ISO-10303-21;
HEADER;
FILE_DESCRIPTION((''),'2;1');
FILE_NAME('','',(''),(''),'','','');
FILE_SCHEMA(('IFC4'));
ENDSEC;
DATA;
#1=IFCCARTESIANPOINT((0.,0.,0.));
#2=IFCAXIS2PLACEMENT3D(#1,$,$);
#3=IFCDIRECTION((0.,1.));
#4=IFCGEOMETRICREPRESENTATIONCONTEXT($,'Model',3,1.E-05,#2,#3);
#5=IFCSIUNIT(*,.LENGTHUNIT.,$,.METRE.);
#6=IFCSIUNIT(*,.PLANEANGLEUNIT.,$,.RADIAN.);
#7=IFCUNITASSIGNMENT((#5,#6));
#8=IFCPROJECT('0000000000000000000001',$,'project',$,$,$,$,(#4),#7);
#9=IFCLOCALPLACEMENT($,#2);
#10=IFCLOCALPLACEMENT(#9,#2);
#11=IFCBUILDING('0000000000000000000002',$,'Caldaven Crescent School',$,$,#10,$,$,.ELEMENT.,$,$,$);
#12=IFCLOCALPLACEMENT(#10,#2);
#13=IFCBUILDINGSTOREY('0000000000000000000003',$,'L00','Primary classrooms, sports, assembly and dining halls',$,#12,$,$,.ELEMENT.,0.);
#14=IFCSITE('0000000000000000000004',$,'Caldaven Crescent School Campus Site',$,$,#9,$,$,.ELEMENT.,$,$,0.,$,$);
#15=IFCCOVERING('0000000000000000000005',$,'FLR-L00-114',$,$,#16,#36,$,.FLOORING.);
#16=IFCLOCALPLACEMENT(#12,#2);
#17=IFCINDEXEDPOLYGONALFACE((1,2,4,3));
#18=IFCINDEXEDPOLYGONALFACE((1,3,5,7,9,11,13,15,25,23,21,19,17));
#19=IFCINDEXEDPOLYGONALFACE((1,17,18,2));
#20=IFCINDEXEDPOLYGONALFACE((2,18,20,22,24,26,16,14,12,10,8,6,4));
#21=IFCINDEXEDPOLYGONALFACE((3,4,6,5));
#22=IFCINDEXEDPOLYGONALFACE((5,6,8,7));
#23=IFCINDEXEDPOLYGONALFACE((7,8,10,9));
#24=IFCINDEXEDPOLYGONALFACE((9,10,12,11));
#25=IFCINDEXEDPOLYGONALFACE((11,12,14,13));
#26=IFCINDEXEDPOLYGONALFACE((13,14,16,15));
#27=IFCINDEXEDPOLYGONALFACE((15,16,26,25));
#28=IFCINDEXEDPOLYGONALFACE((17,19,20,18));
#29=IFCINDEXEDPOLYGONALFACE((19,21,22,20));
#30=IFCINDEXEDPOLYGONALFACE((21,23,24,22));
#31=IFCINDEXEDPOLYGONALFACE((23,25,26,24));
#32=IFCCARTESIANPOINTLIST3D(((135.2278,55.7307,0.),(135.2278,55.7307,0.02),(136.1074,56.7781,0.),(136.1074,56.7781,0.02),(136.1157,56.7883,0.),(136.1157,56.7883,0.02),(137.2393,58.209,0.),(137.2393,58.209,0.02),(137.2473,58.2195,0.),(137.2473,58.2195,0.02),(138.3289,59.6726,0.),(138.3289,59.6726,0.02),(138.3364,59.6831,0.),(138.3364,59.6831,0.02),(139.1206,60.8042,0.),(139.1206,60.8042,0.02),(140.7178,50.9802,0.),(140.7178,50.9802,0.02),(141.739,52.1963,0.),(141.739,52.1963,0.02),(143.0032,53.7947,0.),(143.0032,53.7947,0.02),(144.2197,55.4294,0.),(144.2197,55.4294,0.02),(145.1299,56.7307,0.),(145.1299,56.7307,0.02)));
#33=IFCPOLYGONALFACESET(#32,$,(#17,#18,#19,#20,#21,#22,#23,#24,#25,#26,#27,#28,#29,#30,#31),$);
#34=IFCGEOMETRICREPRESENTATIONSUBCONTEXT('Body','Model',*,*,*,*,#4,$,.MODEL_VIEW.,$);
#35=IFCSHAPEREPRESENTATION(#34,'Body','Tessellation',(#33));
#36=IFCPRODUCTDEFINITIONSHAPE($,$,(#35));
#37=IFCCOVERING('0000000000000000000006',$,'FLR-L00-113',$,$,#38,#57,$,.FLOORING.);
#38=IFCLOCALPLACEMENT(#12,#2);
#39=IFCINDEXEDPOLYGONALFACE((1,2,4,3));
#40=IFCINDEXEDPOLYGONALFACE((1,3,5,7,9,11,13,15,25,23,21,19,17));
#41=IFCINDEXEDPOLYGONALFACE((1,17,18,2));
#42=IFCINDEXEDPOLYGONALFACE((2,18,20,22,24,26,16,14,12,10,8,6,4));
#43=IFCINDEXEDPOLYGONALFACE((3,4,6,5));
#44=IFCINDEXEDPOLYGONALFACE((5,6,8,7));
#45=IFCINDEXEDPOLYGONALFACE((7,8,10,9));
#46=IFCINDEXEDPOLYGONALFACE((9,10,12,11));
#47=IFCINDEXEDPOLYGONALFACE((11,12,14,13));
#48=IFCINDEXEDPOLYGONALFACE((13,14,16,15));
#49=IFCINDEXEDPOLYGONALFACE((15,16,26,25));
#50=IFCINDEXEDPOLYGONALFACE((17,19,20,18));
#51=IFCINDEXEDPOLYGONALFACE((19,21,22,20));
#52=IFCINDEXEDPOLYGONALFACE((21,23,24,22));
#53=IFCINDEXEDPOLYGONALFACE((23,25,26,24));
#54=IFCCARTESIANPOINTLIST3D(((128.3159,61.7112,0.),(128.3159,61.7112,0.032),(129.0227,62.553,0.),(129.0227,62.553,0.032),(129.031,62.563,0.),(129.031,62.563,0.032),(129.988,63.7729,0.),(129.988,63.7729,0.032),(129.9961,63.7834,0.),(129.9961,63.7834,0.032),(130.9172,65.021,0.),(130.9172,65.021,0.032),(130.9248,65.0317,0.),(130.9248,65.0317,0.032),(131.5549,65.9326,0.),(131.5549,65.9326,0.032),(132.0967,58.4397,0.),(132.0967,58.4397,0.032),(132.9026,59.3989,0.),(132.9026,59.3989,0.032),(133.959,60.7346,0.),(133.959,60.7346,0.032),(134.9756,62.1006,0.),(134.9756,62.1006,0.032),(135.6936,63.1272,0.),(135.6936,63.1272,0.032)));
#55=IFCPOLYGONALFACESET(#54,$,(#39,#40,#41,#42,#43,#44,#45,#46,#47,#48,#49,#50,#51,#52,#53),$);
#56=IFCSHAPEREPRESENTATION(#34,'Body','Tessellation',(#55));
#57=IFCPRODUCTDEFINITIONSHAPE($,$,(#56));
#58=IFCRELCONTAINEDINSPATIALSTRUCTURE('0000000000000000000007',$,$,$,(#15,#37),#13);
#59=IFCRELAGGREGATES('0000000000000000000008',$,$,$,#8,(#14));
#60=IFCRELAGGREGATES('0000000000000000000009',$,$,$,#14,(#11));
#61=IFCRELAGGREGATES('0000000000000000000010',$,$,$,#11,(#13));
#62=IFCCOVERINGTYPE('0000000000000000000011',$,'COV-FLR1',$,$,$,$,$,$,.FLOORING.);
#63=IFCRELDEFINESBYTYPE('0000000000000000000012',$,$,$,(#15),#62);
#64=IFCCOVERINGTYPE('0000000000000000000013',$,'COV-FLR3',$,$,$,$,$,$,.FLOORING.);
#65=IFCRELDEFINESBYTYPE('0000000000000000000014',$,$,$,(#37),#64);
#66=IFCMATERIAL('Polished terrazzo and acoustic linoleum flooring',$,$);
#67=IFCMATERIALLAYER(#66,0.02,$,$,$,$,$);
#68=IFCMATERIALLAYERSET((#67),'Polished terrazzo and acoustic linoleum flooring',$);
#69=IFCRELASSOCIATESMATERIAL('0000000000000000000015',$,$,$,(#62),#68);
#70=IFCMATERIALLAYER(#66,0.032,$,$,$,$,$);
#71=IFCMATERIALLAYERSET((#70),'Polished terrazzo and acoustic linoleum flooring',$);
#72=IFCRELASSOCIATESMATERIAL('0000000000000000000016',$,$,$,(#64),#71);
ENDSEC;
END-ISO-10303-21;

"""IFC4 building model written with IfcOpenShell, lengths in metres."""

from ifc_helpers import new_model, si_unit, direction, origin, place, context, subcontext, project, spatial, polyline, outline, extrude, material, layer, layer_set, type_object, element, save


model = new_model("IFC4")

# Units and contexts
model_context = context("Model", 3, precision=1e-05, world=origin(), true_north=direction((0.0, 1.0)))
body_context = subcontext(model_context, "Body", "Model", "MODEL_VIEW")
ifc_project = project(units=[si_unit("LENGTHUNIT", "METRE"), si_unit("PLANEANGLEUNIT", "RADIAN")], contexts=[model_context])

# Site, building, storey
site_placement = place(None, origin())
site = spatial("IfcSite", under=ifc_project, at=site_placement, Name="Caldaven Crescent School Campus Site", CompositionType="ELEMENT", RefElevation=0.0)
building_placement = place(site_placement, origin())
building = spatial("IfcBuilding", under=site, at=building_placement, Name="Caldaven Crescent School", CompositionType="ELEMENT")
storey_placement = place(building_placement, origin())
storey = spatial("IfcBuildingStorey", under=building, at=storey_placement, Name="L00", Description="Primary classrooms, sports, assembly and dining halls", CompositionType="ELEMENT", Elevation=0.0)

# Coverings
ifc_material_1 = material(Name="Polished terrazzo and acoustic linoleum flooring")
ifc_layer_1 = layer(ifc_material_1, 0.02)
ifc_layer_set_1 = layer_set([ifc_layer_1], Name="Polished terrazzo and acoustic linoleum flooring")
covering_type_1 = type_object("IfcCoveringType", Name="COV-FLR1", PredefinedType="FLOORING", material=ifc_layer_set_1)
covering_1_placement = place(storey_placement, origin())
element("IfcCovering", 1, at=covering_1_placement, inside=storey, type_object=covering_type_1, Name="FLR-L00-114", PredefinedType="FLOORING", context=body_context, shape_type="SweptSolid", body=[
    extrude(outline(polyline([(135.2278, 55.7307), (136.1074, 56.7781), (136.1157, 56.7883), (137.2393, 58.209), (137.2473, 58.2195), (138.3289, 59.6726), (138.3364, 59.6831), (139.1206, 60.8042), (145.1299, 56.7307), (144.2197, 55.4294), (143.0032, 53.7947), (141.739, 52.1963), (140.7178, 50.9802), (135.2278, 55.7307)])), origin(), (0.0, 0.0, 1.0), 0.02),
])
ifc_layer_2 = layer(ifc_material_1, 0.032)
ifc_layer_set_2 = layer_set([ifc_layer_2], Name="Polished terrazzo and acoustic linoleum flooring")
covering_type_2 = type_object("IfcCoveringType", Name="COV-FLR3", PredefinedType="FLOORING", material=ifc_layer_set_2)
covering_2_placement = place(storey_placement, origin())
element("IfcCovering", 2, at=covering_2_placement, inside=storey, type_object=covering_type_2, Name="FLR-L00-113", PredefinedType="FLOORING", context=body_context, shape_type="SweptSolid", body=[
    extrude(outline(polyline([(128.3159, 61.7112), (129.0227, 62.553), (129.031, 62.563), (129.988, 63.7729), (129.9961, 63.7834), (130.9172, 65.021), (130.9248, 65.0317), (131.5549, 65.9326), (135.6936, 63.1272), (134.9756, 62.1006), (133.959, 60.7346), (132.9026, 59.3989), (132.0967, 58.4397), (128.3159, 61.7112)])), origin(), (0.0, 0.0, 1.0), 0.032),
])

save(model, "model.ifc")
